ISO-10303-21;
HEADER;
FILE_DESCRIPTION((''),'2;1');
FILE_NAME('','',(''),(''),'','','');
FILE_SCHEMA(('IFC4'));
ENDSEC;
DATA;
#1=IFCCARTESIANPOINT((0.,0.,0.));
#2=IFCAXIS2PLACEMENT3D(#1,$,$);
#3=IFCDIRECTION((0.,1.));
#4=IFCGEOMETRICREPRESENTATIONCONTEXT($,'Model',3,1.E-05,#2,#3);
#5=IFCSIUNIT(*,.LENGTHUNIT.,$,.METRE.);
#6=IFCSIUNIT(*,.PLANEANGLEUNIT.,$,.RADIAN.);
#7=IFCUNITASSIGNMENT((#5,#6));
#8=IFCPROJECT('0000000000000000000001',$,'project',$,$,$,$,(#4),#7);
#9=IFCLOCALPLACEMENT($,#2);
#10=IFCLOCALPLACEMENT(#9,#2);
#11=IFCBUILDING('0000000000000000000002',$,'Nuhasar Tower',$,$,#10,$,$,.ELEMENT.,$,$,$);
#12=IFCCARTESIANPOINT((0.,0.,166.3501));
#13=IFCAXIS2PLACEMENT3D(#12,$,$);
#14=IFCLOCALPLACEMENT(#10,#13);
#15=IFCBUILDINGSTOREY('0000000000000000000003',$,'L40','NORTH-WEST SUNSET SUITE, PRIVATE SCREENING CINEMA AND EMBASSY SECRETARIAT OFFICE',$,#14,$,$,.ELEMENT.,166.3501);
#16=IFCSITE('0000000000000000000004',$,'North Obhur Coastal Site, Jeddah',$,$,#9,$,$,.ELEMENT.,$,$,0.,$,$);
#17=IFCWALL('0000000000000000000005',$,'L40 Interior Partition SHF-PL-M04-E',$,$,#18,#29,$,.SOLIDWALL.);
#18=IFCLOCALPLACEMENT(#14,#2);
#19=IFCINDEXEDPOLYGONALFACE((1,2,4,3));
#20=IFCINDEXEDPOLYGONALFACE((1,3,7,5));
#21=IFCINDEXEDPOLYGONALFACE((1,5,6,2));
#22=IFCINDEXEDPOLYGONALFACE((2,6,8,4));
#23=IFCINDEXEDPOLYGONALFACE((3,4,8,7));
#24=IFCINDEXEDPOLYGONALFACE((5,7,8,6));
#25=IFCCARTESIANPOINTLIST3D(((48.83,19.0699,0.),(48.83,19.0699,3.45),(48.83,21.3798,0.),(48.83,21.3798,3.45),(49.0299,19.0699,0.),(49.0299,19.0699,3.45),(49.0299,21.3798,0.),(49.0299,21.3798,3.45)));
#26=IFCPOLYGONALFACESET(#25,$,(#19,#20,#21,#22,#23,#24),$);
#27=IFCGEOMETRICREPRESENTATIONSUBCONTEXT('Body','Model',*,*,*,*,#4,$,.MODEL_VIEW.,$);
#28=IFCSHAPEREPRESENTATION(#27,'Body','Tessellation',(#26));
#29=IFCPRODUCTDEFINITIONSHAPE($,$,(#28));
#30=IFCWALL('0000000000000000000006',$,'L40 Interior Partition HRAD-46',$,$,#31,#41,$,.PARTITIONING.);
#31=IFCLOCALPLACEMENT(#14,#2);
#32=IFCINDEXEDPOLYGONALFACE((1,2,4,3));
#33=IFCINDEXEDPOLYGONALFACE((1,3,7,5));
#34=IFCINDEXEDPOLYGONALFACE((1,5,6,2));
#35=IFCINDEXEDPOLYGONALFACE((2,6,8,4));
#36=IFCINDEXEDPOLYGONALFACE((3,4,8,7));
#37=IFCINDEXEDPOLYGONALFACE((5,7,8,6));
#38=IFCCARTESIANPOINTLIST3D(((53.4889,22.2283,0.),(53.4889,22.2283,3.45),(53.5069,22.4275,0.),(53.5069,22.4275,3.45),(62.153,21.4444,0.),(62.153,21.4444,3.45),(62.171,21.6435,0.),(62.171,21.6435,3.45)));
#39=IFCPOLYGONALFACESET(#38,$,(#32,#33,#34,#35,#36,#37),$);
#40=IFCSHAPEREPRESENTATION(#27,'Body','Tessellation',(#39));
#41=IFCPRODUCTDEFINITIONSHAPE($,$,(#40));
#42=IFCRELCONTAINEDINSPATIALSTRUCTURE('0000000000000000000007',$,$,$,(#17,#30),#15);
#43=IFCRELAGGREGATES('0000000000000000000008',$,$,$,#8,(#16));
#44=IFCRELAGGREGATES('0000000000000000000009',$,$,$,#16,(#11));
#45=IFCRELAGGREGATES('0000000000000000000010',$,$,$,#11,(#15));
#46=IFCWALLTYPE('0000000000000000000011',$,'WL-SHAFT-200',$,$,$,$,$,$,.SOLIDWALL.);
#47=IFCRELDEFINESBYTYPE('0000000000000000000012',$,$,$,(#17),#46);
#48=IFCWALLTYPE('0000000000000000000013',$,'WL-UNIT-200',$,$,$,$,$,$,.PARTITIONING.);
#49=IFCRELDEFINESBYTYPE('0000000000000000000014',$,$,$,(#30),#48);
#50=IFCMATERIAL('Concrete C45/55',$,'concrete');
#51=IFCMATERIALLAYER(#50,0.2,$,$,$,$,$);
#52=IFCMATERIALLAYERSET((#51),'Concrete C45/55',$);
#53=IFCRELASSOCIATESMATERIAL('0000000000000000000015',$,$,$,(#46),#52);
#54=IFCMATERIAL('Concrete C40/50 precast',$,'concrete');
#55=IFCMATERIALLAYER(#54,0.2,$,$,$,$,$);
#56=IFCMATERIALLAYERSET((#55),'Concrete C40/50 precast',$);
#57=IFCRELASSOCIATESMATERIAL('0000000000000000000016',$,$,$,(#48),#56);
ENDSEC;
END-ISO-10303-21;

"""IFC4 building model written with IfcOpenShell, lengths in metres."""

from ifc_helpers import new_model, si_unit, direction, frame, frame_2d, origin, place, context, subcontext, project, spatial, rectangle, extrude, material, layer, layer_set, type_object, element, save


model = new_model("IFC4")

# Units and contexts
model_context = context("Model", 3, precision=1e-05, world=origin(), true_north=direction((0.0, 1.0)))
body_context = subcontext(model_context, "Body", "Model", "MODEL_VIEW")
ifc_project = project(units=[si_unit("LENGTHUNIT", "METRE"), si_unit("PLANEANGLEUNIT", "RADIAN")], contexts=[model_context])

# Site, building, storey
site_placement = place(None, origin())
site = spatial("IfcSite", under=ifc_project, at=site_placement, Name="North Obhur Coastal Site, Jeddah", CompositionType="ELEMENT", RefElevation=0.0)
building_placement = place(site_placement, origin())
building = spatial("IfcBuilding", under=site, at=building_placement, Name="Nuhasar Tower", CompositionType="ELEMENT")
storey_placement = place(building_placement, frame((0.0, 0.0, 166.3501)))
storey = spatial("IfcBuildingStorey", under=building, at=storey_placement, Name="L40", Description="NORTH-WEST SUNSET SUITE, PRIVATE SCREENING CINEMA AND EMBASSY SECRETARIAT OFFICE", CompositionType="ELEMENT", Elevation=166.3501)

# Shared definitions
ifc_material_1 = material(Name="Concrete C45/55", Category="concrete")

# Shared definitions
ifc_layer_1 = layer(ifc_material_1, 0.2)
ifc_layer_set_1 = layer_set([ifc_layer_1], Name="Concrete C45/55")
wall_type_1 = type_object("IfcWallType", Name="WL-SHAFT-200", PredefinedType="SOLIDWALL", material=ifc_layer_set_1)

# Walls
wall_1_placement = place(storey_placement, frame((48.9299, 19.0701, 0.0), z_axis=(0.0, 0.0, 1.0), x_axis=(0.0, 1.0, 0.0)))
element("IfcWall", 1, at=wall_1_placement, inside=storey, type_object=wall_type_1, Name="L40 Interior Partition SHF-PL-M04-E", PredefinedType="SOLIDWALL", context=body_context, shape_type="SweptSolid", body=[
    extrude(rectangle(XDim=2.3098, YDim=0.2, at=frame_2d((1.1548, 0.0))), origin(), (0.0, 0.0, 1.0), 3.45),
])
ifc_material_2 = material(Name="Concrete C40/50 precast", Category="concrete")
ifc_layer_2 = layer(ifc_material_2, 0.2)
ifc_layer_set_2 = layer_set([ifc_layer_2], Name="Concrete C40/50 precast")
wall_type_2 = type_object("IfcWallType", Name="WL-UNIT-200", PredefinedType="PARTITIONING", material=ifc_layer_set_2)
wall_2_placement = place(storey_placement, frame((53.498, 22.3279, 0.0), z_axis=(0.0, 0.0, 1.0), x_axis=(0.995932, -0.090113, 0.0)))
element("IfcWall", 2, at=wall_2_placement, inside=storey, type_object=wall_type_2, Name="L40 Interior Partition HRAD-46", PredefinedType="PARTITIONING", context=body_context, shape_type="SweptSolid", body=[
    extrude(rectangle(XDim=8.6995, YDim=0.2, at=frame_2d((4.3496, 0.0))), origin(), (0.0, 0.0, 1.0), 3.45),
])

save(model, "model.ifc")
